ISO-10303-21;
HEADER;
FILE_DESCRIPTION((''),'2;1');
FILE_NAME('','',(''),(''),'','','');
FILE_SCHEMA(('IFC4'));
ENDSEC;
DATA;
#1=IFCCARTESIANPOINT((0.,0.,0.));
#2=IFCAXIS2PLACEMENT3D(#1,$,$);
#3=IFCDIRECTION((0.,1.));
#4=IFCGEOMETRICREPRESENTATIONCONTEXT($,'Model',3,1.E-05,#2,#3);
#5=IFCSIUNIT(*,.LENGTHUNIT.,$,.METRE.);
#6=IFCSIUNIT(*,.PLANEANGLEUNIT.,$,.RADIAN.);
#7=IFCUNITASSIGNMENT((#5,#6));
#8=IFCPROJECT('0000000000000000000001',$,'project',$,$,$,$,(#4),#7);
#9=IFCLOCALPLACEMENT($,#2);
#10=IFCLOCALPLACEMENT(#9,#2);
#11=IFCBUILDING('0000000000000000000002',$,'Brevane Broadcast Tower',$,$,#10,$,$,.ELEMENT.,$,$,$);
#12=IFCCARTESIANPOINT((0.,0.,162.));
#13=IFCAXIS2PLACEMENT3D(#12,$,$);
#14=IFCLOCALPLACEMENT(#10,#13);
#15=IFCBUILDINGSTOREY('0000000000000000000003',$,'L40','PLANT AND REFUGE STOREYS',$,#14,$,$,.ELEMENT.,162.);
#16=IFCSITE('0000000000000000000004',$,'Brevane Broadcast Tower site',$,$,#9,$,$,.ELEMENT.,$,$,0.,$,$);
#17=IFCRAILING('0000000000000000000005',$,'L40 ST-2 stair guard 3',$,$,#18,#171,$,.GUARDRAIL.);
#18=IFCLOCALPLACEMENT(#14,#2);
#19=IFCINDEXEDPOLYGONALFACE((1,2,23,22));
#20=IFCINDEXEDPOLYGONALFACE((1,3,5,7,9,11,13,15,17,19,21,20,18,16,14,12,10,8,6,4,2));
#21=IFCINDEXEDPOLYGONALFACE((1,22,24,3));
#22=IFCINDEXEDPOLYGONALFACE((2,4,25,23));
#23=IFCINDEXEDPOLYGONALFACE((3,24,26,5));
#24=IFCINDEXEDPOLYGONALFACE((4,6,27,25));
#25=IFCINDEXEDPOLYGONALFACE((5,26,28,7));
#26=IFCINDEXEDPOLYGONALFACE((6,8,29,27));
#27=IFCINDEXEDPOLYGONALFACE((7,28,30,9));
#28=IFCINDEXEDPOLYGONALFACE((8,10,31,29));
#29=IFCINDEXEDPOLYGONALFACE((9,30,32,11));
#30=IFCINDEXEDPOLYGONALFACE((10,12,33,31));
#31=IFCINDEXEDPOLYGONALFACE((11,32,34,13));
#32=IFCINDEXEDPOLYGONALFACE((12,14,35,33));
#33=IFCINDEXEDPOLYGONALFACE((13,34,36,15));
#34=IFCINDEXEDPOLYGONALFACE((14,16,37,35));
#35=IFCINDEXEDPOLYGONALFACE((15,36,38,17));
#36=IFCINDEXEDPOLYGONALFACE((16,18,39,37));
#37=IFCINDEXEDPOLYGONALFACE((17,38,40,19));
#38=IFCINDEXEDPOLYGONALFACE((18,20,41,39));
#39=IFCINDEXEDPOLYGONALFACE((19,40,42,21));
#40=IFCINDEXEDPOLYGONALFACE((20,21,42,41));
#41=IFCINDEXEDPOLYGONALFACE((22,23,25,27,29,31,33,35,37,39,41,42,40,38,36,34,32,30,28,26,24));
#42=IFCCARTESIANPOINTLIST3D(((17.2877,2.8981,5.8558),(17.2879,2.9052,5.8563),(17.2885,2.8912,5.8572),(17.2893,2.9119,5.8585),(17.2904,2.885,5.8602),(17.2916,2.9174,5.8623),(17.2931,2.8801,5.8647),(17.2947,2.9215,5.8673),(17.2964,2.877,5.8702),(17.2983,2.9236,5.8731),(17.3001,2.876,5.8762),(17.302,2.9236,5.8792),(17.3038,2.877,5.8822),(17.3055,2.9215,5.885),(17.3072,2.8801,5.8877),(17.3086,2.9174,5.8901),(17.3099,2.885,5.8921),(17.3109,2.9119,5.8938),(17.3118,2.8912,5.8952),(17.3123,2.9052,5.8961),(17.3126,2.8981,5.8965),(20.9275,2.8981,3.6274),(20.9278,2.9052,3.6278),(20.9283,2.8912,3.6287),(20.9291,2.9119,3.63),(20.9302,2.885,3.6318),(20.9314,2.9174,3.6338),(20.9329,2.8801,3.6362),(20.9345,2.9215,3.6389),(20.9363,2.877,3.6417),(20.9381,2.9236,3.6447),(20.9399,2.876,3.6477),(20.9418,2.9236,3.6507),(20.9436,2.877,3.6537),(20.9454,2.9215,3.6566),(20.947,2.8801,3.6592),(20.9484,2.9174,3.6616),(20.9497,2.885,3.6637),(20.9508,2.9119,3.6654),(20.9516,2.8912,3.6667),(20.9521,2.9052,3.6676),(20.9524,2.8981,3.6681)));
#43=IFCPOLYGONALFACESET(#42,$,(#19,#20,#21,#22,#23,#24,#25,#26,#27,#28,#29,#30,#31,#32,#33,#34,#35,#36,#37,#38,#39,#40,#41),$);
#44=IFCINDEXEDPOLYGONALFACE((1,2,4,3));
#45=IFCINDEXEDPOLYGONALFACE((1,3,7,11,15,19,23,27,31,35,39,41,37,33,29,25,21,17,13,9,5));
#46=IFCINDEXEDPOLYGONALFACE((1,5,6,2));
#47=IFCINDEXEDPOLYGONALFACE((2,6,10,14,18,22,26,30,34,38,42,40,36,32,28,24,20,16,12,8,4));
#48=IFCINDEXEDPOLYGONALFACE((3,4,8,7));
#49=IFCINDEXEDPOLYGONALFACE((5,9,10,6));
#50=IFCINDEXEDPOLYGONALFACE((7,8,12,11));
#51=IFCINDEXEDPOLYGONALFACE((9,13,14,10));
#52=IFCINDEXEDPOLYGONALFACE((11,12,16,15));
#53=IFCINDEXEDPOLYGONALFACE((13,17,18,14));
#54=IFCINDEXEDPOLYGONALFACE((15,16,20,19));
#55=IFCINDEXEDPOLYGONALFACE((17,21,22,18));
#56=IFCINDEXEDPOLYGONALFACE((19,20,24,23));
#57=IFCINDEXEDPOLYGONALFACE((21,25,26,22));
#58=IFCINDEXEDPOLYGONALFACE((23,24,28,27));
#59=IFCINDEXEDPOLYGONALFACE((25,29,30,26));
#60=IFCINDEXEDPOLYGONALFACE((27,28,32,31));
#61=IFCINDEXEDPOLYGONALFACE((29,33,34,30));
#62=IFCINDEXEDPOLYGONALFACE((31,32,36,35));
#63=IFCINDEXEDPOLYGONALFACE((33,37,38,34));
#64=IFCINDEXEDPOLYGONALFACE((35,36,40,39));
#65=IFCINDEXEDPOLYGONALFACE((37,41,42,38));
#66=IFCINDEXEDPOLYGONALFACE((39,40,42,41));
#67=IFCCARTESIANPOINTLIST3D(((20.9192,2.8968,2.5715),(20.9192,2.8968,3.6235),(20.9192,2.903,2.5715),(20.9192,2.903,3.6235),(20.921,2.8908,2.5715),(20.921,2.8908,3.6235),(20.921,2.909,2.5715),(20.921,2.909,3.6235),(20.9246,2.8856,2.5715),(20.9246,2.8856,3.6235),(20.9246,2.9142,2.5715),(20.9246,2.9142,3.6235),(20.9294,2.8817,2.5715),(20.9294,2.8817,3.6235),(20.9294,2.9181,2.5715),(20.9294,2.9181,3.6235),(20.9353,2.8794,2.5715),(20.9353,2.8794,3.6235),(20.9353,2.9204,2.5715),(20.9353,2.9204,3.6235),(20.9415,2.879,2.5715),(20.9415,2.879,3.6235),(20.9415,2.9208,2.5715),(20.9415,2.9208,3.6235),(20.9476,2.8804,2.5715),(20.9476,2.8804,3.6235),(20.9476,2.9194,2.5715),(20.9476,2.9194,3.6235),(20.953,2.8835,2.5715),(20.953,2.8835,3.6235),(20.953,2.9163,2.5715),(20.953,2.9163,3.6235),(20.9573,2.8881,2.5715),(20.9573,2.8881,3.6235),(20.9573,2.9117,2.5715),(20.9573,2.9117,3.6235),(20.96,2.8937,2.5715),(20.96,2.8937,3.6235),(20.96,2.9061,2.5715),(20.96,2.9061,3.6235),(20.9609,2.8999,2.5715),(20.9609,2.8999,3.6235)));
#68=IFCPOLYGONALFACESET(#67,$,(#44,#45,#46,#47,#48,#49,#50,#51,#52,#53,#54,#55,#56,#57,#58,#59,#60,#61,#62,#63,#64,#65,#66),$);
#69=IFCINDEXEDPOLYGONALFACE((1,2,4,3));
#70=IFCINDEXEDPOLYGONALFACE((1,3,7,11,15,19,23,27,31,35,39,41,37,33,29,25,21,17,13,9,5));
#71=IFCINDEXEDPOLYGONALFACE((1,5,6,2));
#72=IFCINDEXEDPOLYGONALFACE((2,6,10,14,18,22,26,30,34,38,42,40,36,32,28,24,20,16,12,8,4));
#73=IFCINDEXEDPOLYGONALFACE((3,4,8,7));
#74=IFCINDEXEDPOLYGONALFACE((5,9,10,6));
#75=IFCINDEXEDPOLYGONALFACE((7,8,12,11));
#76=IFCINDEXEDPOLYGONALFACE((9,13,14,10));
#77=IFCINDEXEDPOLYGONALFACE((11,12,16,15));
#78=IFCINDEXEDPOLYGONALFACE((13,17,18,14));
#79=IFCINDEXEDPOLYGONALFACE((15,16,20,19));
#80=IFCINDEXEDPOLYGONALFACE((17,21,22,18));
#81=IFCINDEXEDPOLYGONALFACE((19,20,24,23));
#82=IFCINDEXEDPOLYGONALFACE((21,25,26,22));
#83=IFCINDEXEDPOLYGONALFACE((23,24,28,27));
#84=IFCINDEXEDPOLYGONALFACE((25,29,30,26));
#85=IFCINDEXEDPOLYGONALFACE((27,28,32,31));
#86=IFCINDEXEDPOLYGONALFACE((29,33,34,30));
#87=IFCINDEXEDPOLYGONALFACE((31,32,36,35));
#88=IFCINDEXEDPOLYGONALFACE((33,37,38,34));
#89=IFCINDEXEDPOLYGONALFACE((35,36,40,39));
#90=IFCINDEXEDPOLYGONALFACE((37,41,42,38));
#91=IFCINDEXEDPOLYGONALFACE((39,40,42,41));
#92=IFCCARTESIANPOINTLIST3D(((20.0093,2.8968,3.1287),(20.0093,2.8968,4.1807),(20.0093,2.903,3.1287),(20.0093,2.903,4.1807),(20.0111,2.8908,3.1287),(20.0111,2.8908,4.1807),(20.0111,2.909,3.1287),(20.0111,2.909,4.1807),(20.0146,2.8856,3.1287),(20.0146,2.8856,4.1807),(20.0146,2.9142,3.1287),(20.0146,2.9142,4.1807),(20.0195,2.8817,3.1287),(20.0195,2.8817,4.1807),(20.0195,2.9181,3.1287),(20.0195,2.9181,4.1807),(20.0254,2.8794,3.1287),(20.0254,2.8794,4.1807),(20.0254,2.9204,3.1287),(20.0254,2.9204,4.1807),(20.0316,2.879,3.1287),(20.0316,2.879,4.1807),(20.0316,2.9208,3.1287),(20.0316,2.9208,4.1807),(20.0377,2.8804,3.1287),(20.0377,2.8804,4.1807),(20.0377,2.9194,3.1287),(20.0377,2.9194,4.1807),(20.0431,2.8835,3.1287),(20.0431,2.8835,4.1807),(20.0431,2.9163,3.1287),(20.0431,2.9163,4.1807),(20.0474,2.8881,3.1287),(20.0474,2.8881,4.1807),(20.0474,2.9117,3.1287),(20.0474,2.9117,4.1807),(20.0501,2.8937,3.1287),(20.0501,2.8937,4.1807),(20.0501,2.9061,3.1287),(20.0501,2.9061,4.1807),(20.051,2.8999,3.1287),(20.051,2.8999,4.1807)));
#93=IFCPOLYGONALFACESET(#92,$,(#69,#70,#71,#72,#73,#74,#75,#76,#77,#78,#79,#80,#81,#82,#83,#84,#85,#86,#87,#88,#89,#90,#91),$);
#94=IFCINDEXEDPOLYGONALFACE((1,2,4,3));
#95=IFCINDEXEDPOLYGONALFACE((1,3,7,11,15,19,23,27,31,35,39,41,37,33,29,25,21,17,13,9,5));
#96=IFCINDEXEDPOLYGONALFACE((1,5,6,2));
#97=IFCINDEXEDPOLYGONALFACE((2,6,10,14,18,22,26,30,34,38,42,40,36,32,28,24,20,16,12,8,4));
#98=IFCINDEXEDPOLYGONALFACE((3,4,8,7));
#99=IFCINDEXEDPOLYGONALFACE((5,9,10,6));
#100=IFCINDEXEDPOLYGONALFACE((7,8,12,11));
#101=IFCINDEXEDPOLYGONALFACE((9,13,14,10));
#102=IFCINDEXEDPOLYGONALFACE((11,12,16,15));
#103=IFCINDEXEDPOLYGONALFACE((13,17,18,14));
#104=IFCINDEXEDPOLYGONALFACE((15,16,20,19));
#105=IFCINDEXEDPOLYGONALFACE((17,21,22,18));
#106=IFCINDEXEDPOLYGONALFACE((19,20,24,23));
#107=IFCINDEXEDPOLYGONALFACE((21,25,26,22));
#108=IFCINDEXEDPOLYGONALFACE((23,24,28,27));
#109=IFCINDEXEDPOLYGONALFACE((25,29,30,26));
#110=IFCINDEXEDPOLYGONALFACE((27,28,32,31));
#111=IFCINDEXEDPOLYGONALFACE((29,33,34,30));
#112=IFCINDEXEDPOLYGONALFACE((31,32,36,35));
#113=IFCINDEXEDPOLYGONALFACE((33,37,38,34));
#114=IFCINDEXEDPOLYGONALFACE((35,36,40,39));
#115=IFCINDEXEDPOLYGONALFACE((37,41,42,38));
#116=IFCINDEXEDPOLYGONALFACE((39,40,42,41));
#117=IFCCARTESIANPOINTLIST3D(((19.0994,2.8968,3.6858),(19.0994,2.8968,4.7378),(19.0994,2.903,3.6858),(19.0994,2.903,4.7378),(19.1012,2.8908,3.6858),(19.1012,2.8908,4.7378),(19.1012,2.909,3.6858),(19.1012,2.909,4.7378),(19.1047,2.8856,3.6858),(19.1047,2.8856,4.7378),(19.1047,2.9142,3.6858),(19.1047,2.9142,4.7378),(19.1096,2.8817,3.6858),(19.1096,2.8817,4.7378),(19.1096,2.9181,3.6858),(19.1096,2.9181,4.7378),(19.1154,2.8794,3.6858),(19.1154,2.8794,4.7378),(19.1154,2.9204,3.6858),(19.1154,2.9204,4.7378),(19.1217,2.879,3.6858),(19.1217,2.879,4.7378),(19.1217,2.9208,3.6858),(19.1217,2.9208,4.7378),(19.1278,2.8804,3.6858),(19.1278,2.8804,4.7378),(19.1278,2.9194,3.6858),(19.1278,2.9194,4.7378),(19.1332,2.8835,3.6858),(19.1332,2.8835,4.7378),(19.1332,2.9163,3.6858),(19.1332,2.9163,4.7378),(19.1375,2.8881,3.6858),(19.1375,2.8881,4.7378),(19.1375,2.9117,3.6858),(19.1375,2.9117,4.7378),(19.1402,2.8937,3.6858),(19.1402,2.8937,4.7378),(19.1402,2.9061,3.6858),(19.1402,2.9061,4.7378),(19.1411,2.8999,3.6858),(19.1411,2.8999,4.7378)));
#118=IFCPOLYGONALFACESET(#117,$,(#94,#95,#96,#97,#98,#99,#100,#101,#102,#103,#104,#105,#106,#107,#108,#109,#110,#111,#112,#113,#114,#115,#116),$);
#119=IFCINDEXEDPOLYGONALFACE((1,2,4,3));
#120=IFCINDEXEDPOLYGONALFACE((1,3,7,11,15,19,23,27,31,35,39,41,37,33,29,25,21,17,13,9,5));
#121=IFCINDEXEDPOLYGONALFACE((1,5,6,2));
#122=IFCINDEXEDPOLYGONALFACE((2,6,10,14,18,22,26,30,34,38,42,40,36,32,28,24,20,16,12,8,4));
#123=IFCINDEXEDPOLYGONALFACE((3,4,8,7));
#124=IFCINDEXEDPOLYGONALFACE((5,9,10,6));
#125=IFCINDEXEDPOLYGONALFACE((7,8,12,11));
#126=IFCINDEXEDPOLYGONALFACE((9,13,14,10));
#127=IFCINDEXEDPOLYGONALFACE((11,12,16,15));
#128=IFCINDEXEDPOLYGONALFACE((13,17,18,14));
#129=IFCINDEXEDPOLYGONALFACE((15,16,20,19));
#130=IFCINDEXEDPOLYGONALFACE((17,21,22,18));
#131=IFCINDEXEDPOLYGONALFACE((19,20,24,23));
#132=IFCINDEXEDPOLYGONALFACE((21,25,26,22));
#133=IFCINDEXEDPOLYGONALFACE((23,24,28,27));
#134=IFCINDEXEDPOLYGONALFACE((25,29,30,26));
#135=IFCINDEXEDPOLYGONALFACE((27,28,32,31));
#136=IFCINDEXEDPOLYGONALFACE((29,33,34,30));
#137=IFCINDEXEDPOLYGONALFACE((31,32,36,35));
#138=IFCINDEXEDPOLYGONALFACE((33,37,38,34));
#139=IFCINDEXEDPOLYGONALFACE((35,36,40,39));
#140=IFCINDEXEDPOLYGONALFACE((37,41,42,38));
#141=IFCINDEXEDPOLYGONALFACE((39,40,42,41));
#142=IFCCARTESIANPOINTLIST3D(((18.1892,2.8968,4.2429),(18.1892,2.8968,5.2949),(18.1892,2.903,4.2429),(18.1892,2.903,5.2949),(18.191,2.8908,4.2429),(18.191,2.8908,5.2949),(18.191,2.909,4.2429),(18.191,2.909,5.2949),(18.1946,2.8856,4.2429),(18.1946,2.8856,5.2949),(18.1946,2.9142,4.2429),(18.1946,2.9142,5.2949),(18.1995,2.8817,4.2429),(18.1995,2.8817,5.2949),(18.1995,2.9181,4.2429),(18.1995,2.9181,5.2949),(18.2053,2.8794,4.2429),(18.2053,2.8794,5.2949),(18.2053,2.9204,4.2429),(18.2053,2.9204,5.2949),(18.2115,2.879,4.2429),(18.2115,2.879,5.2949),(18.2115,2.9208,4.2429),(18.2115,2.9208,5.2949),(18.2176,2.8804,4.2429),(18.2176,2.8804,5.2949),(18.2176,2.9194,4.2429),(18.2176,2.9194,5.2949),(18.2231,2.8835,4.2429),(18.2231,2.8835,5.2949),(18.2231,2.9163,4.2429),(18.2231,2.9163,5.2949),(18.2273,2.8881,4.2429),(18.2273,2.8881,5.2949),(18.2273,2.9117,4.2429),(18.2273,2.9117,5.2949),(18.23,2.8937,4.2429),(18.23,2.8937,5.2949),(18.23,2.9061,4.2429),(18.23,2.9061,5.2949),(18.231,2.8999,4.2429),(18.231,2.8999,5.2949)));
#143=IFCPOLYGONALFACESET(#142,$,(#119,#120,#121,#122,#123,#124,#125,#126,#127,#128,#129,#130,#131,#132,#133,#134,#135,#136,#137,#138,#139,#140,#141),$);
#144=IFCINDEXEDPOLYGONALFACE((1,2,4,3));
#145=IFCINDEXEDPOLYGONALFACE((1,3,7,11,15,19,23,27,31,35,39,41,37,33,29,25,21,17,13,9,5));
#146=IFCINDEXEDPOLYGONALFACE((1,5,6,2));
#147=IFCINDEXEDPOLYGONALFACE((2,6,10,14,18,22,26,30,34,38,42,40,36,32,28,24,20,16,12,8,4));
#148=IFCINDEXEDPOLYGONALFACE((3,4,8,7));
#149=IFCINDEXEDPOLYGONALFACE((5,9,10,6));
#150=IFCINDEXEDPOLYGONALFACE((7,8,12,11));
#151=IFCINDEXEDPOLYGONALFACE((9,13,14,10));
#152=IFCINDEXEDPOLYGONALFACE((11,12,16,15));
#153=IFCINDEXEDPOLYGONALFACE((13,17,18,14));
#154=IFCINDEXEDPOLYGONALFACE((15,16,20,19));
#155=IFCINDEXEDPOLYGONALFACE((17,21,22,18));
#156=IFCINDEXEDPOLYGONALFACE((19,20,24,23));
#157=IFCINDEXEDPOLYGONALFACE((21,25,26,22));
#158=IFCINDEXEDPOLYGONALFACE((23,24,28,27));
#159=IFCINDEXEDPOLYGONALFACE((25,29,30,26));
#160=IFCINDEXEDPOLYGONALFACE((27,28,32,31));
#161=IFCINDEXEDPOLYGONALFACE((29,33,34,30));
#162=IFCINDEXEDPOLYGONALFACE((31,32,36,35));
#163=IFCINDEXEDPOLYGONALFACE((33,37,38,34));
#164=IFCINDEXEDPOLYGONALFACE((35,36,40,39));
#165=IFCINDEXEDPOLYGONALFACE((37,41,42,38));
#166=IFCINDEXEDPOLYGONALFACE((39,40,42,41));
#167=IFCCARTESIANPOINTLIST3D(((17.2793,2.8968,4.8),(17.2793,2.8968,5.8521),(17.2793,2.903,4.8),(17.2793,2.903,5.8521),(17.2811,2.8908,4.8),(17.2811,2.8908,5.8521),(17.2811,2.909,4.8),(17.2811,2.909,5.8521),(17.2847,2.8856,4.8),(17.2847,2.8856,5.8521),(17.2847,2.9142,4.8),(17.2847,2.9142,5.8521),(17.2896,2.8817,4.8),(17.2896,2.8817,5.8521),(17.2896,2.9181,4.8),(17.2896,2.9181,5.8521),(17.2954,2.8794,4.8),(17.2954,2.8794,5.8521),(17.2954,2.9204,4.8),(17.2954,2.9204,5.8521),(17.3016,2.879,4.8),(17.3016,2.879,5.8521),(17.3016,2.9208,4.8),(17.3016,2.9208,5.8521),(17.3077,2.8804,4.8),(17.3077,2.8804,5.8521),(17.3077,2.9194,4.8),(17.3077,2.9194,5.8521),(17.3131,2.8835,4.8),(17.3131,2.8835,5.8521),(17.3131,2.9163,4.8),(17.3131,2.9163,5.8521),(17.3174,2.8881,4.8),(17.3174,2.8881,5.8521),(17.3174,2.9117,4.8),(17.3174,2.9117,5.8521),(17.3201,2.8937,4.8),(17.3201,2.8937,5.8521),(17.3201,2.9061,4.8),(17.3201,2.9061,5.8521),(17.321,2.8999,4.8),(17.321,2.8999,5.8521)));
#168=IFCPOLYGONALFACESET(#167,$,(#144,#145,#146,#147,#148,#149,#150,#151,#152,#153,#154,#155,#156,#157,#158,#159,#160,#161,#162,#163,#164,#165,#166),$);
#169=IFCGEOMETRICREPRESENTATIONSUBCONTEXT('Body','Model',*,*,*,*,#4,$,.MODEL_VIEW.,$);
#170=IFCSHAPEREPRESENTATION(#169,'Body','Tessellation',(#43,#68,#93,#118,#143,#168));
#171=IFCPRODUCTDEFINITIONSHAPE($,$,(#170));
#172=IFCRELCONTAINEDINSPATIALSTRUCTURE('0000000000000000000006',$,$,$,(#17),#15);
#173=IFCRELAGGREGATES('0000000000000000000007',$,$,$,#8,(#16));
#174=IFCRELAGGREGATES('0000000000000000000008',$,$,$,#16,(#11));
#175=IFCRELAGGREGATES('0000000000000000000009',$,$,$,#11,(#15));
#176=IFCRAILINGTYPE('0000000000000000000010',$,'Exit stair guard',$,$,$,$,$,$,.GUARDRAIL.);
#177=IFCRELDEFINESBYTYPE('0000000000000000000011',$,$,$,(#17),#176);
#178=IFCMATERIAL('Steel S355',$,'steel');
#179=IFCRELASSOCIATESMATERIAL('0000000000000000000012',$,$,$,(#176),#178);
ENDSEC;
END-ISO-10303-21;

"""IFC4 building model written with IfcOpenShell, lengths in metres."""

from ifc_helpers import new_model, si_unit, direction, frame, origin, origin_2d, place, context, subcontext, project, spatial, circle, extrude, material, type_object, element, save


model = new_model("IFC4")

# Units and contexts
model_context = context("Model", 3, precision=1e-05, world=origin(), true_north=direction((0.0, 1.0)))
body_context = subcontext(model_context, "Body", "Model", "MODEL_VIEW")
ifc_project = project(units=[si_unit("LENGTHUNIT", "METRE"), si_unit("PLANEANGLEUNIT", "RADIAN")], contexts=[model_context])

# Site, building, storey
site_placement = place(None, origin())
site = spatial("IfcSite", under=ifc_project, at=site_placement, Name="Brevane Broadcast Tower site", CompositionType="ELEMENT", RefElevation=0.0)
building_placement = place(site_placement, origin())
building = spatial("IfcBuilding", under=site, at=building_placement, Name="Brevane Broadcast Tower", CompositionType="ELEMENT")
storey_placement = place(building_placement, frame((0.0, 0.0, 162.0)))
storey = spatial("IfcBuildingStorey", under=building, at=storey_placement, Name="L40", Description="PLANT AND REFUGE STOREYS", CompositionType="ELEMENT", Elevation=162.0)

# Railing
ifc_material_1 = material(Name="Steel S355", Category="steel")
railing_type_1 = type_object("IfcRailingType", Name="Exit stair guard", PredefinedType="GUARDRAIL", material=ifc_material_1)
railing_1_placement = place(storey_placement, frame((20.9399, 2.8999, 2.5715)))
element("IfcRailing", 1, at=railing_1_placement, inside=storey, type_object=railing_type_1, Name="L40 ST-2 stair guard 3", PredefinedType="GUARDRAIL", context=body_context, shape_type="SweptSolid", body=[
    extrude(circle(Radius=0.0239, at=origin_2d()), frame((0.0, 0.0, 1.0762), z_axis=(-0.85285, 0.0, 0.522156), x_axis=(0.0, -1.0, 0.0)), (0.0, 0.0, 1.0), 4.2678),
    extrude(circle(Radius=0.021, at=origin_2d()), origin(), (0.0, 0.0, 1.0), 1.052),
    extrude(circle(Radius=0.021, at=origin_2d()), frame((-0.9099, 0.0, 0.5571)), (0.0, 0.0, 1.0), 1.052),
    extrude(circle(Radius=0.021, at=origin_2d()), frame((-1.8198, 0.0, 1.1143)), (0.0, 0.0, 1.0), 1.052),
    extrude(circle(Radius=0.021, at=origin_2d()), frame((-2.73, 0.0, 1.6714)), (0.0, 0.0, 1.0), 1.052),
    extrude(circle(Radius=0.021, at=origin_2d()), frame((-3.6399, 0.0, 2.2285)), (0.0, 0.0, 1.0), 1.052),
])

save(model, "model.ifc")
